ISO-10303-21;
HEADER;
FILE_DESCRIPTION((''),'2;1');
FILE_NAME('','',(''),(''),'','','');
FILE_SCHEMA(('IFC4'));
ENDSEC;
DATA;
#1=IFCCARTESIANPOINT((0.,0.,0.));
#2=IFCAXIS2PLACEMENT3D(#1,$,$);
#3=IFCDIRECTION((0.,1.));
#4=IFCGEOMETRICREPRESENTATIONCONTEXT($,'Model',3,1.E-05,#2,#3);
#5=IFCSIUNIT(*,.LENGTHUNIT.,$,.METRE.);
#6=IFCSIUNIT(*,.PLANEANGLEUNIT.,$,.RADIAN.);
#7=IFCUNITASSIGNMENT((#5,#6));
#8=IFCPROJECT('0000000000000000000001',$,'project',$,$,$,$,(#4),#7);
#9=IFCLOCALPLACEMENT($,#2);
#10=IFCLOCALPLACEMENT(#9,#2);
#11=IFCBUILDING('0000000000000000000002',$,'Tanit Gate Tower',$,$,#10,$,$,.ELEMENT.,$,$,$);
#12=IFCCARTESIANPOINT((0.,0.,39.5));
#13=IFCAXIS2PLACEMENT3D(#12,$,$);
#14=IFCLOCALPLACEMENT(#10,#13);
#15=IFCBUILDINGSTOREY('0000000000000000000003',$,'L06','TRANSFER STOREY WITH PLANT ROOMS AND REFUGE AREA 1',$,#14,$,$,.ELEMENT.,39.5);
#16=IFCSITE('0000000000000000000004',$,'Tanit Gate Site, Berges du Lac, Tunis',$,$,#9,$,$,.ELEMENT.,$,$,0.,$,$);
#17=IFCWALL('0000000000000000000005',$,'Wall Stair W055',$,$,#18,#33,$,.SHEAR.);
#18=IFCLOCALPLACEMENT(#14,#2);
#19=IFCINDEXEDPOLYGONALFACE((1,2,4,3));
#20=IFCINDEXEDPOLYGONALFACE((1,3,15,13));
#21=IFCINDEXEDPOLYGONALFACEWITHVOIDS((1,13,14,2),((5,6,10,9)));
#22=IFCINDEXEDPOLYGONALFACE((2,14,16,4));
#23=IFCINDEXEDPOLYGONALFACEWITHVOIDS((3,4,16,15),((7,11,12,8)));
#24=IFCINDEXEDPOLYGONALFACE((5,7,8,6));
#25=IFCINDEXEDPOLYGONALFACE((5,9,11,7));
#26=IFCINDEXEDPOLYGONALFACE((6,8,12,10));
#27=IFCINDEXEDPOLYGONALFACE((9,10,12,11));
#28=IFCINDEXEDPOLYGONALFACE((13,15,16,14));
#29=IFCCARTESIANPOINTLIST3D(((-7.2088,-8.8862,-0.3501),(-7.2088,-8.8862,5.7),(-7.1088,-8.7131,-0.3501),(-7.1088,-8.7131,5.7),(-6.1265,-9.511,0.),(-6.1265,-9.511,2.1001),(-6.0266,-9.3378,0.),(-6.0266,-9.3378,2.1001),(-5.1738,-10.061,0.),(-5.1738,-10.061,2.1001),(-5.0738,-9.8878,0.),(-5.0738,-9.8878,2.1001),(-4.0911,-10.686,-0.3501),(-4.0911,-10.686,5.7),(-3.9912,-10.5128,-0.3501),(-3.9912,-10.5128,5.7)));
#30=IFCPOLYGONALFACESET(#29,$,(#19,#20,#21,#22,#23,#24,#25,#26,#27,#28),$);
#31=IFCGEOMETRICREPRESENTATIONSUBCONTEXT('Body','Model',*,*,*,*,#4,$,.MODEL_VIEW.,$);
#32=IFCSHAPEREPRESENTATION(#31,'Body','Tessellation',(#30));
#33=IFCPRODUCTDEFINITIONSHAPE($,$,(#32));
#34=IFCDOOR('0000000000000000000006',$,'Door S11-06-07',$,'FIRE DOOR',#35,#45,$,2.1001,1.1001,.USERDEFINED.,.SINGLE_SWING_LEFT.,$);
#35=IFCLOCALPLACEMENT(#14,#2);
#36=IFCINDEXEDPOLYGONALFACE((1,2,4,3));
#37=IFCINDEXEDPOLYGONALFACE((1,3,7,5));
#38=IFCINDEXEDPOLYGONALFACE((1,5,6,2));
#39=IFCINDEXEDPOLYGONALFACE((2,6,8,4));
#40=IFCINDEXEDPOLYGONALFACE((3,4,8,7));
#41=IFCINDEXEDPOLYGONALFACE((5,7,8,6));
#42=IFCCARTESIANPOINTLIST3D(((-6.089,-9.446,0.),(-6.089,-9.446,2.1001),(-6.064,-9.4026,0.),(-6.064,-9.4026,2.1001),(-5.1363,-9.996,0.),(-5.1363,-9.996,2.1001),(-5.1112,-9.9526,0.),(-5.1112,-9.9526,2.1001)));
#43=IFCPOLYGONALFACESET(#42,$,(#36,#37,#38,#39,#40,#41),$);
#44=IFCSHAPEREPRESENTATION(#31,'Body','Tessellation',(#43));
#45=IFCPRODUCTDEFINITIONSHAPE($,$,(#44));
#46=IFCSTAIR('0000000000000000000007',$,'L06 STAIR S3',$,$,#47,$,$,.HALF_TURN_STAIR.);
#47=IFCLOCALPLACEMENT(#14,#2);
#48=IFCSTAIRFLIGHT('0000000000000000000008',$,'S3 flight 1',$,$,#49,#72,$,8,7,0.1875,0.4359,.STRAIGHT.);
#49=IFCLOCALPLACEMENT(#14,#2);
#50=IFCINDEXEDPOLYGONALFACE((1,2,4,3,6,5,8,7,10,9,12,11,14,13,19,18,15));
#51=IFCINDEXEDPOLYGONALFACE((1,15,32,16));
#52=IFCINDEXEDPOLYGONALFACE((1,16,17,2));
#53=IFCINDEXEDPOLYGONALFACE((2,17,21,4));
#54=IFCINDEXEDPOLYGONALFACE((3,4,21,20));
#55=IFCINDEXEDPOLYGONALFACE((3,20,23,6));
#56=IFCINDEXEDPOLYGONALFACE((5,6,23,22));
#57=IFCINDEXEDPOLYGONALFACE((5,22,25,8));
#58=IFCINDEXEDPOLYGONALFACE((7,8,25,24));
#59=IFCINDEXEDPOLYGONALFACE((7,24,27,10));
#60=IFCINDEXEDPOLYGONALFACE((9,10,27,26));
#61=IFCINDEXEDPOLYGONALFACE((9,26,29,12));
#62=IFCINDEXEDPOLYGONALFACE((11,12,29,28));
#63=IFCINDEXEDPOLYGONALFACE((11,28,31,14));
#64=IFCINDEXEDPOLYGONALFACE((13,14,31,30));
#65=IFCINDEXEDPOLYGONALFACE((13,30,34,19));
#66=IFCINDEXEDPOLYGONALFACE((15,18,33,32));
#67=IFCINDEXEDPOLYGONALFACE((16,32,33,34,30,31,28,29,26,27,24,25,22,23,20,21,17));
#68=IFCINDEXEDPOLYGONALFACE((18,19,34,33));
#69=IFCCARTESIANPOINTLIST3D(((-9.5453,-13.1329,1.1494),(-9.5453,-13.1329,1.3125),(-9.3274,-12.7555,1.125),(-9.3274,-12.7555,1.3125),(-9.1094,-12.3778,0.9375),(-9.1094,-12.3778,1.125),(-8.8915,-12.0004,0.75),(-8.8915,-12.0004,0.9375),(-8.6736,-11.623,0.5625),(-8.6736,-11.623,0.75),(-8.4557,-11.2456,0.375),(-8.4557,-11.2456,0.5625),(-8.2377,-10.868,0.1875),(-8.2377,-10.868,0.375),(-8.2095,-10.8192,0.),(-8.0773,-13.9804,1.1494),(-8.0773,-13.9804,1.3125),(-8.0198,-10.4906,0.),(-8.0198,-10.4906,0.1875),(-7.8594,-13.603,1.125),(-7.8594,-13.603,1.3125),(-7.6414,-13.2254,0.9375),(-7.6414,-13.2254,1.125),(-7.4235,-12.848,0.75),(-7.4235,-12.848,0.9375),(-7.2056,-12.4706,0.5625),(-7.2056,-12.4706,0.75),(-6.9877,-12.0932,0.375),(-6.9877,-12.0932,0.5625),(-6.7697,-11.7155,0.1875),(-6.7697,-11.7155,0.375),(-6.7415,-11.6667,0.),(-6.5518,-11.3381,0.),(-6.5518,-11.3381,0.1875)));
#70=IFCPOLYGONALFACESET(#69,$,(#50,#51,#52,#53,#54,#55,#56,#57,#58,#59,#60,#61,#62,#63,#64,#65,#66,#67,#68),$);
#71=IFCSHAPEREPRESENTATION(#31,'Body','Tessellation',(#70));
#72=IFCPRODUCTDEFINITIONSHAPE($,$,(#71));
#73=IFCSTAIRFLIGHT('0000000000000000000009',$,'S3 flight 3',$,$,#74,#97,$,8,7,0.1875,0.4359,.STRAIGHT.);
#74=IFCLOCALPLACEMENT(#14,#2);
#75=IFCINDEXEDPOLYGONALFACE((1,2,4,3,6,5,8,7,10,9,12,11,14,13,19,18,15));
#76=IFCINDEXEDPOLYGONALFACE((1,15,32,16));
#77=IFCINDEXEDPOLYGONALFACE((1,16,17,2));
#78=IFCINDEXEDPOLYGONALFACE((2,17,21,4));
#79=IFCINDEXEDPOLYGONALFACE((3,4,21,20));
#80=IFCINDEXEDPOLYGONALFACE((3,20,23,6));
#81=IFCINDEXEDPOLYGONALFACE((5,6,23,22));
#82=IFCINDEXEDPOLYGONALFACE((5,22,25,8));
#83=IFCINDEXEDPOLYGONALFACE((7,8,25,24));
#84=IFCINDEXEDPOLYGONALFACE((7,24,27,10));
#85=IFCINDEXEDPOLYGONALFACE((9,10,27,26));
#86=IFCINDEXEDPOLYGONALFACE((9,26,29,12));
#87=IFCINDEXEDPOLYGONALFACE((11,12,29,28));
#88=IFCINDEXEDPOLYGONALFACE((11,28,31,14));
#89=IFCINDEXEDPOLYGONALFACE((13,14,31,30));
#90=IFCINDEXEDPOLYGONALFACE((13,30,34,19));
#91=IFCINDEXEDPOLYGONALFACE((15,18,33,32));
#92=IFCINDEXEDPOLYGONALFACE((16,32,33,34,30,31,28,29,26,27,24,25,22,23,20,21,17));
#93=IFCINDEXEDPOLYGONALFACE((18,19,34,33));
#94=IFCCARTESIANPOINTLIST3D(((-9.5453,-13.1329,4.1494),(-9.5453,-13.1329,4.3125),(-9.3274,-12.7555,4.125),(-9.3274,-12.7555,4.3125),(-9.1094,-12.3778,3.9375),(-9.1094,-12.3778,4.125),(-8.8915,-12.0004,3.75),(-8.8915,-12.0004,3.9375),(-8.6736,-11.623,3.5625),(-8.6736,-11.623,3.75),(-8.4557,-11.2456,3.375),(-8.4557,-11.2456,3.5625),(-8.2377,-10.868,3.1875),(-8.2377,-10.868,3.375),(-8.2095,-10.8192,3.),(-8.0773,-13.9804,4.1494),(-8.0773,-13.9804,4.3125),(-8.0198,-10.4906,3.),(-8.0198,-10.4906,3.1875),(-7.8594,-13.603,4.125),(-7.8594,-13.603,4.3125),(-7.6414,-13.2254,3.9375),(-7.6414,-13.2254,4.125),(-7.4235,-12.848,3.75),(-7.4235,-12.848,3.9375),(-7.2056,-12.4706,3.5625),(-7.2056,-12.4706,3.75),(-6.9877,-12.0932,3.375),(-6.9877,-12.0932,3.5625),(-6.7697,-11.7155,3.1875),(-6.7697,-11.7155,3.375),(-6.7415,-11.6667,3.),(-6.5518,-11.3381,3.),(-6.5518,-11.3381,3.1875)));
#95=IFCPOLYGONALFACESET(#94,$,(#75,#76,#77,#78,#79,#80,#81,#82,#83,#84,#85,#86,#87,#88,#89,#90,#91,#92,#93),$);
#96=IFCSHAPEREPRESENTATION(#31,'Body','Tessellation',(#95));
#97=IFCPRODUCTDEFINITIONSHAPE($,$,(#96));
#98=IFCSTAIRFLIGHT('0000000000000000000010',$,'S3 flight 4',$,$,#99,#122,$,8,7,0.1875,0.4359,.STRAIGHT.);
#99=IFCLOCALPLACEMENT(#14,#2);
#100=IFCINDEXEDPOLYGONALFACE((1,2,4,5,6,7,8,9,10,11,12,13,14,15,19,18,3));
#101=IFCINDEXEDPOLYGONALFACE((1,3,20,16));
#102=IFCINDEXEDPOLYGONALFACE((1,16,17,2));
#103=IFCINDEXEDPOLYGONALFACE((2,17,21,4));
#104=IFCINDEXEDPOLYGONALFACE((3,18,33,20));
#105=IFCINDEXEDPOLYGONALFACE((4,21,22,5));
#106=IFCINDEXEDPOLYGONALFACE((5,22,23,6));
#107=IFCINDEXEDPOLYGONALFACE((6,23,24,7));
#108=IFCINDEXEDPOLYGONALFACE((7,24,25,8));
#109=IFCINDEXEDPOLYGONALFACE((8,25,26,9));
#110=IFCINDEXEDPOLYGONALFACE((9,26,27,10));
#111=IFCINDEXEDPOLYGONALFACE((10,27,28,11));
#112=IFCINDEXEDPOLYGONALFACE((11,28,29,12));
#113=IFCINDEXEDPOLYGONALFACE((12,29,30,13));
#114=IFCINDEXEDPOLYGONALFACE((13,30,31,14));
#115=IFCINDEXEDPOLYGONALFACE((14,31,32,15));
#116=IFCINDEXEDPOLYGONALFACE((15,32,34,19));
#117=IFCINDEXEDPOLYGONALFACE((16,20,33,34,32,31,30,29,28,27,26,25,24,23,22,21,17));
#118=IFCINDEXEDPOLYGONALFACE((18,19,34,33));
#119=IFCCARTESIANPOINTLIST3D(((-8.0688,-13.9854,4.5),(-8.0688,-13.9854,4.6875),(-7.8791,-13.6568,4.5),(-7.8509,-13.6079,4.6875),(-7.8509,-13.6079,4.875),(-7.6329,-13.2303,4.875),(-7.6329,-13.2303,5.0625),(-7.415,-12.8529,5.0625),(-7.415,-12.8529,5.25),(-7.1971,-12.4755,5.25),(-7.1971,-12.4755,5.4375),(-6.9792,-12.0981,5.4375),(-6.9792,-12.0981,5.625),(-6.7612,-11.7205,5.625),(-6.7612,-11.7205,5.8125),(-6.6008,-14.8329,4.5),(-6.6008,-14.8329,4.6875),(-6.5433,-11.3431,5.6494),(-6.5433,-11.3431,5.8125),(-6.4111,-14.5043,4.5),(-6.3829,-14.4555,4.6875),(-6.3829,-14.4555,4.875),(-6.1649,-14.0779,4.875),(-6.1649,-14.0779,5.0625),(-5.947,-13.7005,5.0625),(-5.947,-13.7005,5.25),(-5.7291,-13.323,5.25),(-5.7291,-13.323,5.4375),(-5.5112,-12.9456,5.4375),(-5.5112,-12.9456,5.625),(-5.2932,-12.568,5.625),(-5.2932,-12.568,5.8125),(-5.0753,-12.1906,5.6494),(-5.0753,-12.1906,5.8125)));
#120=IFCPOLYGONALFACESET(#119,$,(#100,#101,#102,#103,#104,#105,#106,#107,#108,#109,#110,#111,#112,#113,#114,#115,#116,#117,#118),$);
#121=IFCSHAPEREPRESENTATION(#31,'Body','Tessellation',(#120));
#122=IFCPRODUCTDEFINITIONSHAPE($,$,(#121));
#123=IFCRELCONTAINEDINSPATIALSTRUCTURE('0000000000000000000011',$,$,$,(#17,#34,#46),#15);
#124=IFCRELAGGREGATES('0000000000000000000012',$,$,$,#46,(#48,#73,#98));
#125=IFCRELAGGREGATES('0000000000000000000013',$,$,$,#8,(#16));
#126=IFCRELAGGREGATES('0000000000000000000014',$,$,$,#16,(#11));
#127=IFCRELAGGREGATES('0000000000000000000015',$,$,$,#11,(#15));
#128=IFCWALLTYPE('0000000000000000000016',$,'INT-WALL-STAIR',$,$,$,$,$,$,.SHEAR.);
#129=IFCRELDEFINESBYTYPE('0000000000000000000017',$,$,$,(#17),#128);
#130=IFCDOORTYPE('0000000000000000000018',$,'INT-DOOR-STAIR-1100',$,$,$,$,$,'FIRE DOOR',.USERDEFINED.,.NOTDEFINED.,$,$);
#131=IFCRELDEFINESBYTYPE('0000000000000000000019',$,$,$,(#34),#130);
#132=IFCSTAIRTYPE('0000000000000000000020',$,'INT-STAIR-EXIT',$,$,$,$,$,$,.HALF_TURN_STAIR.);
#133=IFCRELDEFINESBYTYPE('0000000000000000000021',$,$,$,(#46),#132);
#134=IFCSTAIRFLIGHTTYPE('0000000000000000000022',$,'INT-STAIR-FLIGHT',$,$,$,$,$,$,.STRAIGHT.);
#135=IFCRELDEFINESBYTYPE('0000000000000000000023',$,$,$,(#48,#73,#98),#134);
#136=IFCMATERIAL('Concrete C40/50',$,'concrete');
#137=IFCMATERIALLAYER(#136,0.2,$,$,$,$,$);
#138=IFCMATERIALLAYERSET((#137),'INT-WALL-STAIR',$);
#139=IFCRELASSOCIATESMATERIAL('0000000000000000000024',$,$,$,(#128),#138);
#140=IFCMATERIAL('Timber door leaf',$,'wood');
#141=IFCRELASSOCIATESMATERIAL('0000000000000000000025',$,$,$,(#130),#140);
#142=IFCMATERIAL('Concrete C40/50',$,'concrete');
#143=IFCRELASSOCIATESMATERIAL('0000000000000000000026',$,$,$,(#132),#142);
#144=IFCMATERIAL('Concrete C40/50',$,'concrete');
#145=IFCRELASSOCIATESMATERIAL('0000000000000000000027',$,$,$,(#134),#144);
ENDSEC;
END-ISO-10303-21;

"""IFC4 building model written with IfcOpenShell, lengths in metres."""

from ifc_helpers import new_model, si_unit, direction, frame, frame_2d, origin, place, context, subcontext, project, spatial, polyline, rectangle, outline, extrude, material, layer, layer_set, type_object, element, fill, aggregate, save


model = new_model("IFC4")

# Units and contexts
model_context = context("Model", 3, precision=1e-05, world=origin(), true_north=direction((0.0, 1.0)))
body_context = subcontext(model_context, "Body", "Model", "MODEL_VIEW")
ifc_project = project(units=[si_unit("LENGTHUNIT", "METRE"), si_unit("PLANEANGLEUNIT", "RADIAN")], contexts=[model_context])

# Site, building, storey
site_placement = place(None, origin())
site = spatial("IfcSite", under=ifc_project, at=site_placement, Name="Tanit Gate Site, Berges du Lac, Tunis", CompositionType="ELEMENT", RefElevation=0.0)
building_placement = place(site_placement, origin())
building = spatial("IfcBuilding", under=site, at=building_placement, Name="Tanit Gate Tower", CompositionType="ELEMENT")
storey_placement = place(building_placement, frame((0.0, 0.0, 39.5)))
storey = spatial("IfcBuildingStorey", under=building, at=storey_placement, Name="L06", Description="TRANSFER STOREY WITH PLANT ROOMS AND REFUGE AREA 1", CompositionType="ELEMENT", Elevation=39.5)

# Shared definitions
ifc_material_1 = material(Name="Concrete C40/50", Category="concrete")
ifc_layer_1 = layer(ifc_material_1, 0.2)
ifc_layer_set_1 = layer_set([ifc_layer_1], Name="INT-WALL-STAIR")
wall_type_1 = type_object("IfcWallType", Name="INT-WALL-STAIR", PredefinedType="SHEAR", material=ifc_layer_set_1)

# Wall, opening, door
wall_1_placement = place(storey_placement, frame((-4.0413, -10.5994, -0.3501), z_axis=(0.0, 0.0, 1.0), x_axis=(-0.866048, 0.499961, 0.0)))
wall_1 = element("IfcWall", 1, at=wall_1_placement, inside=storey, type_object=wall_type_1, Name="Wall Stair W055", PredefinedType="SHEAR", context=body_context, shape_type="SweptSolid", body=[
    extrude(rectangle(XDim=3.5999, YDim=0.2, at=frame_2d((1.7998, 0.0))), origin(), (0.0, 0.0, 1.0), 6.05),
])
opening_1_placement = place(wall_1_placement, frame((1.25, 0.0, 0.3501)))
opening_1 = element("IfcOpeningElement", 2, at=opening_1_placement, cuts=wall_1, PredefinedType="OPENING", context=body_context, shape_type="SweptSolid", body=[
    extrude(rectangle(XDim=1.1001, YDim=2.1001, at=frame_2d((0.55, 1.05))), frame((0.0, 0.1099, 0.0), z_axis=(0.0, -1.0, 0.0), x_axis=(1.0, 0.0, 0.0)), (0.0, 0.0, 1.0), 0.22),
])
ifc_material_2 = material(Name="Timber door leaf", Category="wood")
door_type_1 = type_object("IfcDoorType", Name="INT-DOOR-STAIR-1100", ElementType="FIRE DOOR", OperationType="NOTDEFINED", PredefinedType="USERDEFINED", material=ifc_material_2)
door_1_placement = place(opening_1_placement, origin())
door_1 = element("IfcDoor", 3, at=door_1_placement, inside=storey, type_object=door_type_1, Name="Door S11-06-07", ObjectType="FIRE DOOR", OperationType="SINGLE_SWING_LEFT", OverallHeight=2.1001, OverallWidth=1.1001, PredefinedType="USERDEFINED", context=body_context, shape_type="SweptSolid", body=[
    extrude(rectangle(XDim=1.1001, YDim=2.1001, at=frame_2d((0.55, 1.05))), frame((0.0, 0.0249, 0.0), z_axis=(0.0, -1.0, 0.0), x_axis=(1.0, 0.0, 0.0)), (0.0, 0.0, 1.0), 0.05),
])
fill(opening_1, door_1)

# Stair, stair flights
ifc_material_3 = material(Name="Concrete C40/50", Category="concrete")
stair_type = type_object("IfcStairType", Name="INT-STAIR-EXIT", PredefinedType="HALF_TURN_STAIR", material=ifc_material_3)
stair_placement = place(storey_placement, origin())
stair = element("IfcStair", 4, at=stair_placement, inside=storey, type_object=stair_type, Name="L06 STAIR S3", PredefinedType="HALF_TURN_STAIR")
ifc_material_4 = material(Name="Concrete C40/50", Category="concrete")
stair_flight_type = type_object("IfcStairFlightType", Name="INT-STAIR-FLIGHT", PredefinedType="STRAIGHT", material=ifc_material_4)
stair_flight_1_placement = place(storey_placement, frame((-7.2859, -10.9143, 0.0), z_axis=(0.0, 0.0, 1.0), x_axis=(-0.5, -0.866025, 0.0)))
stair_flight_1 = element("IfcStairFlight", 5, at=stair_flight_1_placement, type_object=stair_flight_type, Name="S3 flight 1", NumberOfRisers=8, NumberOfTreads=7, PredefinedType="STRAIGHT", RiserHeight=0.1875, TreadLength=0.4359, context=body_context, shape_type="SweptSolid", body=[
    extrude(outline(polyline([(0.0, 0.0), (0.0, 0.1875), (0.4358, 0.1875), (0.4358, 0.375), (0.8718, 0.375), (0.8718, 0.5625), (1.3076, 0.5625), (1.3076, 0.75), (1.7434, 0.75), (1.7434, 0.9375), (2.1792, 0.9375), (2.1792, 1.125), (2.6152, 1.125), (2.6152, 1.3125), (3.051, 1.3125), (3.051, 1.5), (3.051, 1.1494), (0.3794, 0.0), (0.0, 0.0)])), frame((0.0, 0.8477, 0.0), z_axis=(0.0, -1.0, 0.0), x_axis=(1.0, 0.0, 0.0)), (0.0, 0.0, 1.0), 1.6951),
])
stair_flight_2_placement = place(storey_placement, frame((-7.2859, -10.9143, 3.0), z_axis=(0.0, 0.0, 1.0), x_axis=(-0.5, -0.866025, 0.0)))
stair_flight_2 = element("IfcStairFlight", 6, at=stair_flight_2_placement, type_object=stair_flight_type, Name="S3 flight 3", NumberOfRisers=8, NumberOfTreads=7, PredefinedType="STRAIGHT", RiserHeight=0.1875, TreadLength=0.4359, context=body_context, shape_type="SweptSolid", body=[
    extrude(outline(polyline([(0.0, 0.0), (0.0, 0.1875), (0.4358, 0.1875), (0.4358, 0.375), (0.8718, 0.375), (0.8718, 0.5625), (1.3076, 0.5625), (1.3076, 0.75), (1.7434, 0.75), (1.7434, 0.9375), (2.1792, 0.9375), (2.1792, 1.125), (2.6152, 1.125), (2.6152, 1.3125), (3.051, 1.3125), (3.051, 1.5), (3.051, 1.1494), (0.3794, 0.0), (0.0, 0.0)])), frame((0.0, 0.8477, 0.0), z_axis=(0.0, -1.0, 0.0), x_axis=(1.0, 0.0, 0.0)), (0.0, 0.0, 1.0), 1.6951),
])
stair_flight_3_placement = place(storey_placement, frame((-7.3347, -14.4092, 4.5), z_axis=(0.0, 0.0, 1.0), x_axis=(0.5, 0.866025, 0.0)))
stair_flight_3 = element("IfcStairFlight", 7, at=stair_flight_3_placement, type_object=stair_flight_type, Name="S3 flight 4", NumberOfRisers=8, NumberOfTreads=7, PredefinedType="STRAIGHT", RiserHeight=0.1875, TreadLength=0.4359, context=body_context, shape_type="SweptSolid", body=[
    extrude(outline(polyline([(0.0, 0.0), (0.0, 0.1875), (0.4358, 0.1875), (0.4358, 0.375), (0.8718, 0.375), (0.8718, 0.5625), (1.3076, 0.5625), (1.3076, 0.75), (1.7434, 0.75), (1.7434, 0.9375), (2.1792, 0.9375), (2.1792, 1.125), (2.6152, 1.125), (2.6152, 1.3125), (3.051, 1.3125), (3.051, 1.5), (3.051, 1.1494), (0.3794, 0.0), (0.0, 0.0)])), frame((0.0, 0.8477, 0.0), z_axis=(0.0, -1.0, 0.0), x_axis=(1.0, 0.0, 0.0)), (0.0, 0.0, 1.0), 1.6951),
])
aggregate(stair, [stair_flight_1, stair_flight_2, stair_flight_3])

save(model, "model.ifc")
